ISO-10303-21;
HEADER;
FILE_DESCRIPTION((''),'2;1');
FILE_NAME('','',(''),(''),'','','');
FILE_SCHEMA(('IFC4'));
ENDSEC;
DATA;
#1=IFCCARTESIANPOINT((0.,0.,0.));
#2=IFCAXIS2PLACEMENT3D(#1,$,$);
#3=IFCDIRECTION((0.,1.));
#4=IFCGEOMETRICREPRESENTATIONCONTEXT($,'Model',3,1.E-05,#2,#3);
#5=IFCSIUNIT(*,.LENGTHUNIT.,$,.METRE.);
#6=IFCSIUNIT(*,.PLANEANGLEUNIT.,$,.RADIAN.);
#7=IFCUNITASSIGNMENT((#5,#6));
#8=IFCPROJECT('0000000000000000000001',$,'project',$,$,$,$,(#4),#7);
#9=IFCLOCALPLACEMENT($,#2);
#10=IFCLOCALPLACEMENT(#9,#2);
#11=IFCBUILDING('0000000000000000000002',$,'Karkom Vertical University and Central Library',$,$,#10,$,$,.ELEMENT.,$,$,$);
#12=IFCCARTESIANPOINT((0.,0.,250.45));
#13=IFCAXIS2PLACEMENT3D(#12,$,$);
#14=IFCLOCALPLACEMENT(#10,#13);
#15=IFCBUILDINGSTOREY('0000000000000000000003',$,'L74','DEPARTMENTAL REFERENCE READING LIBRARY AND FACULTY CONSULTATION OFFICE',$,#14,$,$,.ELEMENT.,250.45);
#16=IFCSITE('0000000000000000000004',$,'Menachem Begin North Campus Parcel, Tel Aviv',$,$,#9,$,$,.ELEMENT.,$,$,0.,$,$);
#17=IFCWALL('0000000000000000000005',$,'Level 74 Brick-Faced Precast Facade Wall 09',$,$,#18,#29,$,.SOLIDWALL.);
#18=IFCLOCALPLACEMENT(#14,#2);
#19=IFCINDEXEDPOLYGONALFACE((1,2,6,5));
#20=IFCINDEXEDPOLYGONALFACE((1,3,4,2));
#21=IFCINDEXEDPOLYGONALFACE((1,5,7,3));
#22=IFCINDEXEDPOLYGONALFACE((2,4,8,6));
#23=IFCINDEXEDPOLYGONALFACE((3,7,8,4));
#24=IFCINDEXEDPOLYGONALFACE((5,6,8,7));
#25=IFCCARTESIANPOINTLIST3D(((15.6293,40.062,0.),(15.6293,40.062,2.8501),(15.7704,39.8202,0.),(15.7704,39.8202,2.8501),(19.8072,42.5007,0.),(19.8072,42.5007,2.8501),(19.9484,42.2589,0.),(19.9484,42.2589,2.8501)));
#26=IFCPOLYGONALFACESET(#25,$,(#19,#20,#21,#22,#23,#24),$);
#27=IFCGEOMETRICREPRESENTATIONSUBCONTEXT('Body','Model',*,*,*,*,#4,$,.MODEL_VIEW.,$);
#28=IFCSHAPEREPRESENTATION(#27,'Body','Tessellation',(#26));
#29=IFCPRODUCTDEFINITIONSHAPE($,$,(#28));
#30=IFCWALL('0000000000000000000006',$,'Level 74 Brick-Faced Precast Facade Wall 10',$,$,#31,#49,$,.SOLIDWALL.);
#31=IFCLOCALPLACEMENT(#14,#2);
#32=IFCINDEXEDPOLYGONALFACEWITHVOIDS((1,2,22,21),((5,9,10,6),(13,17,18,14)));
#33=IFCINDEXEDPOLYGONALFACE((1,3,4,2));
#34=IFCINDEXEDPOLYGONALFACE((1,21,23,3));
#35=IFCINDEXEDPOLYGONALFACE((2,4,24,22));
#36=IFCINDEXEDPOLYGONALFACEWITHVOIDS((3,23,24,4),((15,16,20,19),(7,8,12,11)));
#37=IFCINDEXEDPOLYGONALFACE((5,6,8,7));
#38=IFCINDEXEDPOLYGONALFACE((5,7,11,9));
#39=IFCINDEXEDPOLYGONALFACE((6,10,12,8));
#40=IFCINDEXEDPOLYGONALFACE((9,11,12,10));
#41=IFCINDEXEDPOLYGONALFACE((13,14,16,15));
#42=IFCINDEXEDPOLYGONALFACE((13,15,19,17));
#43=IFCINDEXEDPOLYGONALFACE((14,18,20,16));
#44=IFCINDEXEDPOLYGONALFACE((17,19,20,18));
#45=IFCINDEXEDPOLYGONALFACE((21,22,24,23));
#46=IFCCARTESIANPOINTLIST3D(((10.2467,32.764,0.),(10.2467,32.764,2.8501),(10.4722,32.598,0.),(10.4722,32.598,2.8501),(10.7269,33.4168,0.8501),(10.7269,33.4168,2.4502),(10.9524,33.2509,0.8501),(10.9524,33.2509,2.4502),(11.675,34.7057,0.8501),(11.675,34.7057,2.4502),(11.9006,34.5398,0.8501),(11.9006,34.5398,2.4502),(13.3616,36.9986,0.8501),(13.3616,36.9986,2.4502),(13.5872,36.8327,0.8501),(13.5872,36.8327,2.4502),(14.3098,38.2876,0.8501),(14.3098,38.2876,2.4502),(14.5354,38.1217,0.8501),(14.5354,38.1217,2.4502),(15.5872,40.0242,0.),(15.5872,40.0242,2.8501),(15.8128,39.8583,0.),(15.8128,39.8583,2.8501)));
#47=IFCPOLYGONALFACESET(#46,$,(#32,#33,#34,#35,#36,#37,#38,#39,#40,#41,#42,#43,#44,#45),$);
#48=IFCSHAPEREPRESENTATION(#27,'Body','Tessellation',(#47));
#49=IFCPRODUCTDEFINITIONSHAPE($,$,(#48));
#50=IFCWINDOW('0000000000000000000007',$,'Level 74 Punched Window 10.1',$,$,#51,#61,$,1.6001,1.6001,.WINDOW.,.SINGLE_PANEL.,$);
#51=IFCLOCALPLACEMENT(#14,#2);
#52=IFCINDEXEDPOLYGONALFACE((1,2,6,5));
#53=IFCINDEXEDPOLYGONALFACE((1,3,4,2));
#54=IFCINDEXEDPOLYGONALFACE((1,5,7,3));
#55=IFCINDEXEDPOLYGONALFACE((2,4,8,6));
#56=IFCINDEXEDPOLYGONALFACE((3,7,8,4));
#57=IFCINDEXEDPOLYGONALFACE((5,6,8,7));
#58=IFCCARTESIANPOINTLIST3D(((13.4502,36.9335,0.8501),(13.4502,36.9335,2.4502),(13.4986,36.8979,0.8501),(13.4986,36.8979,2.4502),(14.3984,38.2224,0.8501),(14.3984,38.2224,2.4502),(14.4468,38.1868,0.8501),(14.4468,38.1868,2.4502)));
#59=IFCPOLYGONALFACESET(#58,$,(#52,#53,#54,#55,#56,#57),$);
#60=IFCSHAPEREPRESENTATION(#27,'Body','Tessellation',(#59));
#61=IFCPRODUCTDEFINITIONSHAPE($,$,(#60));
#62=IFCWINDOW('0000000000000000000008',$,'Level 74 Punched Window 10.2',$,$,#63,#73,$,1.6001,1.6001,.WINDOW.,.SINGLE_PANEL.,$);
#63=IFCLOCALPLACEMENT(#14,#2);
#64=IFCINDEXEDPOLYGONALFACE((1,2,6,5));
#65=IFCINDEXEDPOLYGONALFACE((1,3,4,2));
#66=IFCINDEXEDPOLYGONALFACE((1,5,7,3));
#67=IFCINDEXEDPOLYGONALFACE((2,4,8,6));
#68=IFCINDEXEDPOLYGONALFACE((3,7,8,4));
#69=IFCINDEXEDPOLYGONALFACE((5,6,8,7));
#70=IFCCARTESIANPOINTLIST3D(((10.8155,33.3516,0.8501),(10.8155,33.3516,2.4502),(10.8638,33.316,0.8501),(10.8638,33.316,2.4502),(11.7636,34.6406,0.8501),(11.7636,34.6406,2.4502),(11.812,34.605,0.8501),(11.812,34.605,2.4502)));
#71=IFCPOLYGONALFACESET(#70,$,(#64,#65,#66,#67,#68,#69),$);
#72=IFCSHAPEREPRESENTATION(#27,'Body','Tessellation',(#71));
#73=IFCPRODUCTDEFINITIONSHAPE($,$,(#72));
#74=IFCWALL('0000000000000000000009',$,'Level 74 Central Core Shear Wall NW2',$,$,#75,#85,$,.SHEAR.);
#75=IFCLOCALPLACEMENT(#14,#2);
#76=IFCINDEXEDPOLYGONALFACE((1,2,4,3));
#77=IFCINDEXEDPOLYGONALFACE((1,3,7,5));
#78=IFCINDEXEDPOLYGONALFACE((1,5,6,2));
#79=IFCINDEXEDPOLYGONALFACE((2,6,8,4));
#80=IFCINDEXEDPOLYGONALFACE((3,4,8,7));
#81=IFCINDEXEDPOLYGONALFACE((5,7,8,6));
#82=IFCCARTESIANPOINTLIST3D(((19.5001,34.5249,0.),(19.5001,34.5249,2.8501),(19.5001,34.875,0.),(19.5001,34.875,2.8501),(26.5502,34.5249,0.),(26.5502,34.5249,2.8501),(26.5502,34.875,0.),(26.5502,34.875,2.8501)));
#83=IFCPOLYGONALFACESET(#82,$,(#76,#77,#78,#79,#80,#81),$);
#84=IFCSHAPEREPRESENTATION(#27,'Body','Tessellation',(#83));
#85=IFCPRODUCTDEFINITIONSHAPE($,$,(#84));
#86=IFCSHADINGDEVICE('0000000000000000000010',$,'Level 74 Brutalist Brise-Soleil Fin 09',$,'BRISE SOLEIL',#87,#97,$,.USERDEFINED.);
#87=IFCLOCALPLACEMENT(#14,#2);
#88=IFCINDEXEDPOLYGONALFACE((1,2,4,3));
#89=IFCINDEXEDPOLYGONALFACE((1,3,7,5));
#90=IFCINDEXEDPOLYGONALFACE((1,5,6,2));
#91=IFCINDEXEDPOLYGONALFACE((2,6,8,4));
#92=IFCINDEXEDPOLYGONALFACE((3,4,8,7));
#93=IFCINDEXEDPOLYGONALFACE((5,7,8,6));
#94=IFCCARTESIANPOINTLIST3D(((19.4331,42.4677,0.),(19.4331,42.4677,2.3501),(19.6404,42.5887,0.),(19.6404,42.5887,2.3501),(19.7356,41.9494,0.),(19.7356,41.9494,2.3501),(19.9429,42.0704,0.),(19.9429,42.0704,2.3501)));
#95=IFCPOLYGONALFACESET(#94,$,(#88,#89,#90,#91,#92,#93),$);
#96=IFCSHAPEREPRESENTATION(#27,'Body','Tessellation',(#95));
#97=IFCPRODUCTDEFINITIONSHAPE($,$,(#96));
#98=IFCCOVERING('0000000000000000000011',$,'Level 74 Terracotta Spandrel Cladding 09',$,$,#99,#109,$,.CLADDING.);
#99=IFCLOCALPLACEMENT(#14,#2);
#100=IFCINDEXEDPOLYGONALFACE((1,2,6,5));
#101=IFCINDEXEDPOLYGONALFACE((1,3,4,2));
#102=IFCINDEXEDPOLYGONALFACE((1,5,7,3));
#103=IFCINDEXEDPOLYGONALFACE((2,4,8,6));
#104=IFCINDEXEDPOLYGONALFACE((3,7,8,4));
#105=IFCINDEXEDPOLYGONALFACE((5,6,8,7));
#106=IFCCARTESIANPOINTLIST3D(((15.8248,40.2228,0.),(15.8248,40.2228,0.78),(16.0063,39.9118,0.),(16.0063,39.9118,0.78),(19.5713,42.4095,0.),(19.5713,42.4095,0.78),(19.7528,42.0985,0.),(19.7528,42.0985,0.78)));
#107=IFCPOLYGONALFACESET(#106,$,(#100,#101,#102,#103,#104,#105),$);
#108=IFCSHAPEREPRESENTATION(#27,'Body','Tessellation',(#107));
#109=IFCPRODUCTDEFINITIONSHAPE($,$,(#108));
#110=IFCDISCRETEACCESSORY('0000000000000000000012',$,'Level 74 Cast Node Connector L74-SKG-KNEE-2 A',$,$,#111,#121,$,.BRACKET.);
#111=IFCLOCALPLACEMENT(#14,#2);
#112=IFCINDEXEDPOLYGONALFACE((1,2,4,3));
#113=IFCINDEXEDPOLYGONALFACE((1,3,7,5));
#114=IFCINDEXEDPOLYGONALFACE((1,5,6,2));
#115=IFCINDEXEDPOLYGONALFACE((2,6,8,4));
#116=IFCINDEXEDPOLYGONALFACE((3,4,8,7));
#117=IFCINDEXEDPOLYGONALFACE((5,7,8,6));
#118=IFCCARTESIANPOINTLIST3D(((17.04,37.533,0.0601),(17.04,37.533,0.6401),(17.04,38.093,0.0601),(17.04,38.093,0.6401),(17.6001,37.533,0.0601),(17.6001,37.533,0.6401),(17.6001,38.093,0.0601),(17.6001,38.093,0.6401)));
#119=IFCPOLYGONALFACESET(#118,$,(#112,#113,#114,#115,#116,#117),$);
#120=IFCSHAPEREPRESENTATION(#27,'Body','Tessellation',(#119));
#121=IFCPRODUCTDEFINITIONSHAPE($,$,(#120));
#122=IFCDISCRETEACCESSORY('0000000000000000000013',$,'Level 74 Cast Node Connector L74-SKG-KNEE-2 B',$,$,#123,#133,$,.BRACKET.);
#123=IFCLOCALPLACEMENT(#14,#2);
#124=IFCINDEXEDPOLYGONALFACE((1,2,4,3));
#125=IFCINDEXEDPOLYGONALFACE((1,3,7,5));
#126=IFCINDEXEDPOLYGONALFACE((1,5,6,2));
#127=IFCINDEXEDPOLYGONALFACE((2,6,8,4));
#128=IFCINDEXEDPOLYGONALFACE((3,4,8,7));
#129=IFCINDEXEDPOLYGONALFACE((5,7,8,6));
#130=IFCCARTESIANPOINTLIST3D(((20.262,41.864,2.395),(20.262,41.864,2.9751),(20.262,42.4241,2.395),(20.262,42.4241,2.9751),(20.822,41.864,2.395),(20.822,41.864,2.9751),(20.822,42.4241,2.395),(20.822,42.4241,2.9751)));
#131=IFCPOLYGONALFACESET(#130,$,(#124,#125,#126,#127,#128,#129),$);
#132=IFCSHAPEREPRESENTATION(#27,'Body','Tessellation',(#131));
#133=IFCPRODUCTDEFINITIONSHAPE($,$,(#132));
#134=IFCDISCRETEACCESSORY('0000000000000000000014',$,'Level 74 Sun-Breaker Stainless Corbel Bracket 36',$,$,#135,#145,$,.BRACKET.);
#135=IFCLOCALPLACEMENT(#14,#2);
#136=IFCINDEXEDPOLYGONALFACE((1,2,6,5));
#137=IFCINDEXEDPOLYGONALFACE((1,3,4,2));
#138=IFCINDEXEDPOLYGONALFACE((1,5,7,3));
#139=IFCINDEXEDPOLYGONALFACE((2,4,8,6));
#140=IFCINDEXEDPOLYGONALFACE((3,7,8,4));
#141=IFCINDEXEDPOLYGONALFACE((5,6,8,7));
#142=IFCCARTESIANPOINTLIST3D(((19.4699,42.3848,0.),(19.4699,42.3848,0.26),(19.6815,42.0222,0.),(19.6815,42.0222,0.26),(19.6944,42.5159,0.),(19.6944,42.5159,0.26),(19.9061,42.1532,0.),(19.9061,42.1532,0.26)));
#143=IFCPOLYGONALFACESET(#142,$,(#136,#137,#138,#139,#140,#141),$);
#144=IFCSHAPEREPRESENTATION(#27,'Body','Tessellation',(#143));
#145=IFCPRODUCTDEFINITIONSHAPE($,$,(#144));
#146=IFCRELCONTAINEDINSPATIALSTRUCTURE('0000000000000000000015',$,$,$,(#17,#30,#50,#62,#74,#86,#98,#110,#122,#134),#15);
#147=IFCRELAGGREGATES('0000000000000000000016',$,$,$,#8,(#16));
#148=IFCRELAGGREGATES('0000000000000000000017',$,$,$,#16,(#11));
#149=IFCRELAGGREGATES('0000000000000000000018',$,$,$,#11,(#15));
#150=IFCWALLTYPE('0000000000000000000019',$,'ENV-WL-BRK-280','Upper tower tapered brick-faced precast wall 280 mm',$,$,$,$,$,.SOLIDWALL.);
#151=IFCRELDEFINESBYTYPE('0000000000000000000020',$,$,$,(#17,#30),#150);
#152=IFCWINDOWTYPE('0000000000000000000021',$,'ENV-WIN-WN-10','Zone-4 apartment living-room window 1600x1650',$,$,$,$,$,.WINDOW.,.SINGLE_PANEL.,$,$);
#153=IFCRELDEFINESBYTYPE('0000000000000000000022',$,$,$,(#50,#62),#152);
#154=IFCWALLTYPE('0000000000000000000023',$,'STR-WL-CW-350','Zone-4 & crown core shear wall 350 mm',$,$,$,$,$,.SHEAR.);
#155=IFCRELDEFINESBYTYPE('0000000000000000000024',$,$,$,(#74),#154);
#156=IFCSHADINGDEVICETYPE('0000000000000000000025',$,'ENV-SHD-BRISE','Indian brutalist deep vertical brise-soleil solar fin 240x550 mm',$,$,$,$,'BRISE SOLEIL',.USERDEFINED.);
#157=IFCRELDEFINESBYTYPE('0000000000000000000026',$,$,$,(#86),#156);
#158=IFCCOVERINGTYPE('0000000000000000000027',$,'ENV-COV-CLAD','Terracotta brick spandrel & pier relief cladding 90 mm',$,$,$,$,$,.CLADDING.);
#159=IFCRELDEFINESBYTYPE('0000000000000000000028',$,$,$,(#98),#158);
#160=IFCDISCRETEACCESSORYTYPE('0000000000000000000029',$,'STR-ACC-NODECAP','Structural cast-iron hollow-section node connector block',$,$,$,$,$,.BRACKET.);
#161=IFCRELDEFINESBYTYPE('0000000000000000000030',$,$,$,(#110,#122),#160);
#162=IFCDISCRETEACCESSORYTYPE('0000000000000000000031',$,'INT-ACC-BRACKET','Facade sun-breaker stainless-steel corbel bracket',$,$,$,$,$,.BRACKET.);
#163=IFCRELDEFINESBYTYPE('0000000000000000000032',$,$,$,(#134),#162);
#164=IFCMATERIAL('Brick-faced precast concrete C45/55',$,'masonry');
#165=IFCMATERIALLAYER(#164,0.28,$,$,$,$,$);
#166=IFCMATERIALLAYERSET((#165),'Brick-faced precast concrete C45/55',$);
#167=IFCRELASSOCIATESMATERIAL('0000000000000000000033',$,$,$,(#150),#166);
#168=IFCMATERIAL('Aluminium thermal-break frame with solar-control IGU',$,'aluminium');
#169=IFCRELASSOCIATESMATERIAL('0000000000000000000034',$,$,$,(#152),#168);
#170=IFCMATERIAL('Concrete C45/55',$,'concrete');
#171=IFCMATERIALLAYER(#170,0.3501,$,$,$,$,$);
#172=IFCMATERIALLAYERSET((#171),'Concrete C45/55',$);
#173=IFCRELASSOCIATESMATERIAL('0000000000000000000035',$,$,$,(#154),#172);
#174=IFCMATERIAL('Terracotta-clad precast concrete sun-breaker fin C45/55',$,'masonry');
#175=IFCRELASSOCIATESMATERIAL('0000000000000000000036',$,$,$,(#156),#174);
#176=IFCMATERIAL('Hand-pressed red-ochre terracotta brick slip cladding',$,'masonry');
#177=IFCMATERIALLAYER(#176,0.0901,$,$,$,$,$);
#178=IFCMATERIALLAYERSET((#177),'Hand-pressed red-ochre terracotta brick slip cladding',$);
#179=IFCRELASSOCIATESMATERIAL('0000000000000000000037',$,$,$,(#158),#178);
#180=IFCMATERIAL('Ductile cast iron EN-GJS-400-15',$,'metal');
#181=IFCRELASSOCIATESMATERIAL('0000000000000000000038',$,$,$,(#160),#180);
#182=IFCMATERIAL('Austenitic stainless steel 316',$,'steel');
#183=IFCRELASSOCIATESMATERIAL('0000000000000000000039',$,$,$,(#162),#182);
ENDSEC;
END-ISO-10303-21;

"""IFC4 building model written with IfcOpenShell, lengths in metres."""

from ifc_helpers import new_model, si_unit, direction, frame, frame_2d, origin, origin_with_axes, origin_2d, place, context, subcontext, project, spatial, rectangle, extrude, source, transform, mapped, material, layer, layer_set, type_object, element, fill, save


model = new_model("IFC4")

# Units and contexts
model_context = context("Model", 3, precision=1e-05, world=origin(), true_north=direction((0.0, 1.0)))
body_context = subcontext(model_context, "Body", "Model", "MODEL_VIEW")
ifc_project = project(units=[si_unit("LENGTHUNIT", "METRE"), si_unit("PLANEANGLEUNIT", "RADIAN")], contexts=[model_context])

# Site, building, storey
site_placement = place(None, origin())
site = spatial("IfcSite", under=ifc_project, at=site_placement, Name="Menachem Begin North Campus Parcel, Tel Aviv", CompositionType="ELEMENT", RefElevation=0.0)
building_placement = place(site_placement, origin())
building = spatial("IfcBuilding", under=site, at=building_placement, Name="Karkom Vertical University and Central Library", CompositionType="ELEMENT")
storey_placement = place(building_placement, frame((0.0, 0.0, 250.45)))
storey = spatial("IfcBuildingStorey", under=building, at=storey_placement, Name="L74", Description="DEPARTMENTAL REFERENCE READING LIBRARY AND FACULTY CONSULTATION OFFICE", CompositionType="ELEMENT", Elevation=250.45)

# Shared definitions
ifc_material_1 = material(Name="Concrete C45/55", Category="concrete")

# Wall
ifc_material_2 = material(Name="Brick-faced precast concrete C45/55", Category="masonry")
ifc_layer_1 = layer(ifc_material_2, 0.28)
ifc_layer_set_1 = layer_set([ifc_layer_1], Name="Brick-faced precast concrete C45/55")
wall_type_1 = type_object("IfcWallType", Name="ENV-WL-BRK-280", Description="Upper tower tapered brick-faced precast wall 280 mm", PredefinedType="SOLIDWALL", material=ifc_layer_set_1)
wall_1_placement = place(storey_placement, frame((19.8779, 42.3799, 0.0), z_axis=(0.0, 0.0, 1.0), x_axis=(-0.863638, -0.504113, 0.0)))
element("IfcWall", 1, at=wall_1_placement, inside=storey, type_object=wall_type_1, Name="Level 74 Brick-Faced Precast Facade Wall 09", PredefinedType="SOLIDWALL", context=body_context, shape_type="SweptSolid", body=[
    extrude(rectangle(XDim=4.8376, YDim=0.28, at=frame_2d((2.4189, 0.0))), origin(), (0.0, 0.0, 1.0), 2.8501),
])

# Wall, openings, windows
wall_2_placement = place(storey_placement, frame((15.7, 39.9412, 0.0), z_axis=(0.0, 0.0, 1.0), x_axis=(-0.592546, -0.805537, 0.0)))
wall_2 = element("IfcWall", 2, at=wall_2_placement, inside=storey, type_object=wall_type_1, Name="Level 74 Brick-Faced Precast Facade Wall 10", PredefinedType="SOLIDWALL", context=body_context, shape_type="SweptSolid", body=[
    extrude(rectangle(XDim=9.0129, YDim=0.28, at=frame_2d((4.5063, 0.0))), origin(), (0.0, 0.0, 1.0), 2.8501),
])
opening_1_placement = place(wall_2_placement, frame((2.1558, 0.0, 0.8501)))
opening_1 = element("IfcOpeningElement", 3, at=opening_1_placement, cuts=wall_2, PredefinedType="OPENING", context=body_context, shape_type="SweptSolid", body=[
    extrude(rectangle(XDim=1.6001, YDim=1.6001, at=frame_2d((0.8, 0.8))), frame((0.0, 0.1499, 0.0), z_axis=(0.0, -1.0, 0.0), x_axis=(1.0, 0.0, 0.0)), (0.0, 0.0, 1.0), 0.3),
])
opening_2_placement = place(wall_2_placement, frame((6.6023, 0.0, 0.8501)))
opening_2 = element("IfcOpeningElement", 4, at=opening_2_placement, cuts=wall_2, PredefinedType="OPENING", context=body_context, shape_type="SweptSolid", body=[
    extrude(rectangle(XDim=1.6001, YDim=1.6001, at=frame_2d((0.8, 0.8))), frame((0.0, 0.1499, 0.0), z_axis=(0.0, -1.0, 0.0), x_axis=(1.0, 0.0, 0.0)), (0.0, 0.0, 1.0), 0.3),
])
ifc_material_3 = material(Name="Aluminium thermal-break frame with solar-control IGU", Category="aluminium")
window_type = type_object("IfcWindowType", Name="ENV-WIN-WN-10", Description="Zone-4 apartment living-room window 1600x1650", PartitioningType="SINGLE_PANEL", PredefinedType="WINDOW", material=ifc_material_3)
shared_shape_1 = source(origin_with_axes(), body_context, "Body", "SweptSolid", [
    extrude(rectangle(XDim=1.6001, YDim=1.6001, at=frame_2d((0.8, 0.8))), frame((0.0, 0.03, 0.0), z_axis=(0.0, -1.0, 0.0), x_axis=(1.0, 0.0, 0.0)), (0.0, 0.0, 1.0), 0.0601),
])
window_1_placement = place(opening_1_placement, origin())
window_1 = element("IfcWindow", 5, at=window_1_placement, inside=storey, type_object=window_type, Name="Level 74 Punched Window 10.1", OverallHeight=1.6001, OverallWidth=1.6001, PartitioningType="SINGLE_PANEL", PredefinedType="WINDOW", context=body_context, shape_type="MappedRepresentation", body=[
    mapped(shared_shape_1, transform((0.0, 0.0, 0.0), scale=1.0)),
])
fill(opening_1, window_1)
window_2_placement = place(opening_2_placement, origin())
window_2 = element("IfcWindow", 6, at=window_2_placement, inside=storey, type_object=window_type, Name="Level 74 Punched Window 10.2", OverallHeight=1.6001, OverallWidth=1.6001, PartitioningType="SINGLE_PANEL", PredefinedType="WINDOW", context=body_context, shape_type="MappedRepresentation", body=[
    mapped(shared_shape_1, transform((0.0, 0.0, 0.0), scale=1.0)),
])
fill(opening_2, window_2)

# Wall
ifc_layer_2 = layer(ifc_material_1, 0.3501)
ifc_layer_set_2 = layer_set([ifc_layer_2], Name="Concrete C45/55")
wall_type_2 = type_object("IfcWallType", Name="STR-WL-CW-350", Description="Zone-4 & crown core shear wall 350 mm", PredefinedType="SHEAR", material=ifc_layer_set_2)
wall_3_placement = place(storey_placement, frame((26.55, 34.7, 0.0), z_axis=(0.0, 0.0, 1.0), x_axis=(-1.0, 0.0, 0.0)))
element("IfcWall", 7, at=wall_3_placement, inside=storey, type_object=wall_type_2, Name="Level 74 Central Core Shear Wall NW2", PredefinedType="SHEAR", context=body_context, shape_type="SweptSolid", body=[
    extrude(rectangle(XDim=7.05, YDim=0.3501, at=frame_2d((3.5249, 0.0))), origin(), (0.0, 0.0, 1.0), 2.8501),
])

# Shading device
ifc_material_4 = material(Name="Terracotta-clad precast concrete sun-breaker fin C45/55", Category="masonry")
shading_device_type = type_object("IfcShadingDeviceType", Name="ENV-SHD-BRISE", Description="Indian brutalist deep vertical brise-soleil solar fin 240x550 mm", ElementType="BRISE SOLEIL", PredefinedType="USERDEFINED", material=ifc_material_4)
shared_shape_2 = source(origin_with_axes(), body_context, "Body", "SweptSolid", [
    extrude(rectangle(XDim=0.24, YDim=0.6001, at=origin_2d()), origin(), (0.0, 0.0, 1.0), 2.3501),
])
shading_device_placement = place(storey_placement, frame((19.688, 42.269, 0.0), z_axis=(0.0, 0.0, 1.0), x_axis=(-0.86366, -0.504075, 0.0)))
element("IfcShadingDevice", 8, at=shading_device_placement, inside=storey, type_object=shading_device_type, Name="Level 74 Brutalist Brise-Soleil Fin 09", ObjectType="BRISE SOLEIL", PredefinedType="USERDEFINED", context=body_context, shape_type="MappedRepresentation", body=[
    mapped(shared_shape_2, transform((0.0, 0.0, 0.0), scale=1.0)),
])

# Covering
ifc_material_5 = material(Name="Hand-pressed red-ochre terracotta brick slip cladding", Category="masonry")
ifc_layer_3 = layer(ifc_material_5, 0.0901)
ifc_layer_set_3 = layer_set([ifc_layer_3], Name="Hand-pressed red-ochre terracotta brick slip cladding")
covering_type = type_object("IfcCoveringType", Name="ENV-COV-CLAD", Description="Terracotta brick spandrel & pier relief cladding 90 mm", PredefinedType="CLADDING", material=ifc_layer_set_3)
shared_shape_3 = source(origin_with_axes(), body_context, "Body", "SweptSolid", [
    extrude(rectangle(XDim=4.3379, YDim=0.3601, at=origin_2d()), origin(), (0.0, 0.0, 1.0), 0.78),
])
covering_placement = place(storey_placement, frame((17.7888, 41.1606, 0.0), z_axis=(0.0, 0.0, 1.0), x_axis=(-0.86366, -0.504075, 0.0)))
element("IfcCovering", 9, at=covering_placement, inside=storey, type_object=covering_type, Name="Level 74 Terracotta Spandrel Cladding 09", PredefinedType="CLADDING", context=body_context, shape_type="MappedRepresentation", body=[
    mapped(shared_shape_3, transform((0.0, 0.0, 0.0), scale=1.0)),
])

# Discrete accessories
ifc_material_6 = material(Name="Ductile cast iron EN-GJS-400-15", Category="metal")
discrete_accessory_type_1 = type_object("IfcDiscreteAccessoryType", Name="STR-ACC-NODECAP", Description="Structural cast-iron hollow-section node connector block", PredefinedType="BRACKET", material=ifc_material_6)
shared_shape_4 = source(origin_with_axes(), body_context, "Body", "SweptSolid", [
    extrude(rectangle(XDim=0.5601, YDim=0.5601, at=origin_2d()), origin(), (0.0, 0.0, 1.0), 0.5801),
])
for number, where, z_axis, x_axis, name in (
    (10, (17.3201, 37.813, 0.0601), (0.0, 0.0, 1.0), (1.0, 0.0, 0.0), "Level 74 Cast Node Connector L74-SKG-KNEE-2 A"),
    (11, (20.542, 42.144, 2.395), (0.0, 0.0, 1.0), (1.0, 0.0, 0.0), "Level 74 Cast Node Connector L74-SKG-KNEE-2 B"),
):
    element("IfcDiscreteAccessory", number, at=place(storey_placement, frame(where, z_axis=z_axis, x_axis=x_axis)), inside=storey, type_object=discrete_accessory_type_1, Name=name, PredefinedType="BRACKET", context=body_context, shape_type="MappedRepresentation", body=[
        mapped(shared_shape_4, transform((0.0, 0.0, 0.0), scale=1.0)),
    ])
ifc_material_7 = material(Name="Austenitic stainless steel 316", Category="steel")
discrete_accessory_type_2 = type_object("IfcDiscreteAccessoryType", Name="INT-ACC-BRACKET", Description="Facade sun-breaker stainless-steel corbel bracket", PredefinedType="BRACKET", material=ifc_material_7)
shared_shape_5 = source(origin_with_axes(), body_context, "Body", "SweptSolid", [
    extrude(rectangle(XDim=0.26, YDim=0.4199, at=origin_2d()), origin(), (0.0, 0.0, 1.0), 0.26),
])
discrete_accessory_placement = place(storey_placement, frame((19.688, 42.269, 0.0), z_axis=(0.0, 0.0, 1.0), x_axis=(-0.86366, -0.504075, 0.0)))
element("IfcDiscreteAccessory", 12, at=discrete_accessory_placement, inside=storey, type_object=discrete_accessory_type_2, Name="Level 74 Sun-Breaker Stainless Corbel Bracket 36", PredefinedType="BRACKET", context=body_context, shape_type="MappedRepresentation", body=[
    mapped(shared_shape_5, transform((0.0, 0.0, 0.0), scale=1.0)),
])

save(model, "model.ifc")
